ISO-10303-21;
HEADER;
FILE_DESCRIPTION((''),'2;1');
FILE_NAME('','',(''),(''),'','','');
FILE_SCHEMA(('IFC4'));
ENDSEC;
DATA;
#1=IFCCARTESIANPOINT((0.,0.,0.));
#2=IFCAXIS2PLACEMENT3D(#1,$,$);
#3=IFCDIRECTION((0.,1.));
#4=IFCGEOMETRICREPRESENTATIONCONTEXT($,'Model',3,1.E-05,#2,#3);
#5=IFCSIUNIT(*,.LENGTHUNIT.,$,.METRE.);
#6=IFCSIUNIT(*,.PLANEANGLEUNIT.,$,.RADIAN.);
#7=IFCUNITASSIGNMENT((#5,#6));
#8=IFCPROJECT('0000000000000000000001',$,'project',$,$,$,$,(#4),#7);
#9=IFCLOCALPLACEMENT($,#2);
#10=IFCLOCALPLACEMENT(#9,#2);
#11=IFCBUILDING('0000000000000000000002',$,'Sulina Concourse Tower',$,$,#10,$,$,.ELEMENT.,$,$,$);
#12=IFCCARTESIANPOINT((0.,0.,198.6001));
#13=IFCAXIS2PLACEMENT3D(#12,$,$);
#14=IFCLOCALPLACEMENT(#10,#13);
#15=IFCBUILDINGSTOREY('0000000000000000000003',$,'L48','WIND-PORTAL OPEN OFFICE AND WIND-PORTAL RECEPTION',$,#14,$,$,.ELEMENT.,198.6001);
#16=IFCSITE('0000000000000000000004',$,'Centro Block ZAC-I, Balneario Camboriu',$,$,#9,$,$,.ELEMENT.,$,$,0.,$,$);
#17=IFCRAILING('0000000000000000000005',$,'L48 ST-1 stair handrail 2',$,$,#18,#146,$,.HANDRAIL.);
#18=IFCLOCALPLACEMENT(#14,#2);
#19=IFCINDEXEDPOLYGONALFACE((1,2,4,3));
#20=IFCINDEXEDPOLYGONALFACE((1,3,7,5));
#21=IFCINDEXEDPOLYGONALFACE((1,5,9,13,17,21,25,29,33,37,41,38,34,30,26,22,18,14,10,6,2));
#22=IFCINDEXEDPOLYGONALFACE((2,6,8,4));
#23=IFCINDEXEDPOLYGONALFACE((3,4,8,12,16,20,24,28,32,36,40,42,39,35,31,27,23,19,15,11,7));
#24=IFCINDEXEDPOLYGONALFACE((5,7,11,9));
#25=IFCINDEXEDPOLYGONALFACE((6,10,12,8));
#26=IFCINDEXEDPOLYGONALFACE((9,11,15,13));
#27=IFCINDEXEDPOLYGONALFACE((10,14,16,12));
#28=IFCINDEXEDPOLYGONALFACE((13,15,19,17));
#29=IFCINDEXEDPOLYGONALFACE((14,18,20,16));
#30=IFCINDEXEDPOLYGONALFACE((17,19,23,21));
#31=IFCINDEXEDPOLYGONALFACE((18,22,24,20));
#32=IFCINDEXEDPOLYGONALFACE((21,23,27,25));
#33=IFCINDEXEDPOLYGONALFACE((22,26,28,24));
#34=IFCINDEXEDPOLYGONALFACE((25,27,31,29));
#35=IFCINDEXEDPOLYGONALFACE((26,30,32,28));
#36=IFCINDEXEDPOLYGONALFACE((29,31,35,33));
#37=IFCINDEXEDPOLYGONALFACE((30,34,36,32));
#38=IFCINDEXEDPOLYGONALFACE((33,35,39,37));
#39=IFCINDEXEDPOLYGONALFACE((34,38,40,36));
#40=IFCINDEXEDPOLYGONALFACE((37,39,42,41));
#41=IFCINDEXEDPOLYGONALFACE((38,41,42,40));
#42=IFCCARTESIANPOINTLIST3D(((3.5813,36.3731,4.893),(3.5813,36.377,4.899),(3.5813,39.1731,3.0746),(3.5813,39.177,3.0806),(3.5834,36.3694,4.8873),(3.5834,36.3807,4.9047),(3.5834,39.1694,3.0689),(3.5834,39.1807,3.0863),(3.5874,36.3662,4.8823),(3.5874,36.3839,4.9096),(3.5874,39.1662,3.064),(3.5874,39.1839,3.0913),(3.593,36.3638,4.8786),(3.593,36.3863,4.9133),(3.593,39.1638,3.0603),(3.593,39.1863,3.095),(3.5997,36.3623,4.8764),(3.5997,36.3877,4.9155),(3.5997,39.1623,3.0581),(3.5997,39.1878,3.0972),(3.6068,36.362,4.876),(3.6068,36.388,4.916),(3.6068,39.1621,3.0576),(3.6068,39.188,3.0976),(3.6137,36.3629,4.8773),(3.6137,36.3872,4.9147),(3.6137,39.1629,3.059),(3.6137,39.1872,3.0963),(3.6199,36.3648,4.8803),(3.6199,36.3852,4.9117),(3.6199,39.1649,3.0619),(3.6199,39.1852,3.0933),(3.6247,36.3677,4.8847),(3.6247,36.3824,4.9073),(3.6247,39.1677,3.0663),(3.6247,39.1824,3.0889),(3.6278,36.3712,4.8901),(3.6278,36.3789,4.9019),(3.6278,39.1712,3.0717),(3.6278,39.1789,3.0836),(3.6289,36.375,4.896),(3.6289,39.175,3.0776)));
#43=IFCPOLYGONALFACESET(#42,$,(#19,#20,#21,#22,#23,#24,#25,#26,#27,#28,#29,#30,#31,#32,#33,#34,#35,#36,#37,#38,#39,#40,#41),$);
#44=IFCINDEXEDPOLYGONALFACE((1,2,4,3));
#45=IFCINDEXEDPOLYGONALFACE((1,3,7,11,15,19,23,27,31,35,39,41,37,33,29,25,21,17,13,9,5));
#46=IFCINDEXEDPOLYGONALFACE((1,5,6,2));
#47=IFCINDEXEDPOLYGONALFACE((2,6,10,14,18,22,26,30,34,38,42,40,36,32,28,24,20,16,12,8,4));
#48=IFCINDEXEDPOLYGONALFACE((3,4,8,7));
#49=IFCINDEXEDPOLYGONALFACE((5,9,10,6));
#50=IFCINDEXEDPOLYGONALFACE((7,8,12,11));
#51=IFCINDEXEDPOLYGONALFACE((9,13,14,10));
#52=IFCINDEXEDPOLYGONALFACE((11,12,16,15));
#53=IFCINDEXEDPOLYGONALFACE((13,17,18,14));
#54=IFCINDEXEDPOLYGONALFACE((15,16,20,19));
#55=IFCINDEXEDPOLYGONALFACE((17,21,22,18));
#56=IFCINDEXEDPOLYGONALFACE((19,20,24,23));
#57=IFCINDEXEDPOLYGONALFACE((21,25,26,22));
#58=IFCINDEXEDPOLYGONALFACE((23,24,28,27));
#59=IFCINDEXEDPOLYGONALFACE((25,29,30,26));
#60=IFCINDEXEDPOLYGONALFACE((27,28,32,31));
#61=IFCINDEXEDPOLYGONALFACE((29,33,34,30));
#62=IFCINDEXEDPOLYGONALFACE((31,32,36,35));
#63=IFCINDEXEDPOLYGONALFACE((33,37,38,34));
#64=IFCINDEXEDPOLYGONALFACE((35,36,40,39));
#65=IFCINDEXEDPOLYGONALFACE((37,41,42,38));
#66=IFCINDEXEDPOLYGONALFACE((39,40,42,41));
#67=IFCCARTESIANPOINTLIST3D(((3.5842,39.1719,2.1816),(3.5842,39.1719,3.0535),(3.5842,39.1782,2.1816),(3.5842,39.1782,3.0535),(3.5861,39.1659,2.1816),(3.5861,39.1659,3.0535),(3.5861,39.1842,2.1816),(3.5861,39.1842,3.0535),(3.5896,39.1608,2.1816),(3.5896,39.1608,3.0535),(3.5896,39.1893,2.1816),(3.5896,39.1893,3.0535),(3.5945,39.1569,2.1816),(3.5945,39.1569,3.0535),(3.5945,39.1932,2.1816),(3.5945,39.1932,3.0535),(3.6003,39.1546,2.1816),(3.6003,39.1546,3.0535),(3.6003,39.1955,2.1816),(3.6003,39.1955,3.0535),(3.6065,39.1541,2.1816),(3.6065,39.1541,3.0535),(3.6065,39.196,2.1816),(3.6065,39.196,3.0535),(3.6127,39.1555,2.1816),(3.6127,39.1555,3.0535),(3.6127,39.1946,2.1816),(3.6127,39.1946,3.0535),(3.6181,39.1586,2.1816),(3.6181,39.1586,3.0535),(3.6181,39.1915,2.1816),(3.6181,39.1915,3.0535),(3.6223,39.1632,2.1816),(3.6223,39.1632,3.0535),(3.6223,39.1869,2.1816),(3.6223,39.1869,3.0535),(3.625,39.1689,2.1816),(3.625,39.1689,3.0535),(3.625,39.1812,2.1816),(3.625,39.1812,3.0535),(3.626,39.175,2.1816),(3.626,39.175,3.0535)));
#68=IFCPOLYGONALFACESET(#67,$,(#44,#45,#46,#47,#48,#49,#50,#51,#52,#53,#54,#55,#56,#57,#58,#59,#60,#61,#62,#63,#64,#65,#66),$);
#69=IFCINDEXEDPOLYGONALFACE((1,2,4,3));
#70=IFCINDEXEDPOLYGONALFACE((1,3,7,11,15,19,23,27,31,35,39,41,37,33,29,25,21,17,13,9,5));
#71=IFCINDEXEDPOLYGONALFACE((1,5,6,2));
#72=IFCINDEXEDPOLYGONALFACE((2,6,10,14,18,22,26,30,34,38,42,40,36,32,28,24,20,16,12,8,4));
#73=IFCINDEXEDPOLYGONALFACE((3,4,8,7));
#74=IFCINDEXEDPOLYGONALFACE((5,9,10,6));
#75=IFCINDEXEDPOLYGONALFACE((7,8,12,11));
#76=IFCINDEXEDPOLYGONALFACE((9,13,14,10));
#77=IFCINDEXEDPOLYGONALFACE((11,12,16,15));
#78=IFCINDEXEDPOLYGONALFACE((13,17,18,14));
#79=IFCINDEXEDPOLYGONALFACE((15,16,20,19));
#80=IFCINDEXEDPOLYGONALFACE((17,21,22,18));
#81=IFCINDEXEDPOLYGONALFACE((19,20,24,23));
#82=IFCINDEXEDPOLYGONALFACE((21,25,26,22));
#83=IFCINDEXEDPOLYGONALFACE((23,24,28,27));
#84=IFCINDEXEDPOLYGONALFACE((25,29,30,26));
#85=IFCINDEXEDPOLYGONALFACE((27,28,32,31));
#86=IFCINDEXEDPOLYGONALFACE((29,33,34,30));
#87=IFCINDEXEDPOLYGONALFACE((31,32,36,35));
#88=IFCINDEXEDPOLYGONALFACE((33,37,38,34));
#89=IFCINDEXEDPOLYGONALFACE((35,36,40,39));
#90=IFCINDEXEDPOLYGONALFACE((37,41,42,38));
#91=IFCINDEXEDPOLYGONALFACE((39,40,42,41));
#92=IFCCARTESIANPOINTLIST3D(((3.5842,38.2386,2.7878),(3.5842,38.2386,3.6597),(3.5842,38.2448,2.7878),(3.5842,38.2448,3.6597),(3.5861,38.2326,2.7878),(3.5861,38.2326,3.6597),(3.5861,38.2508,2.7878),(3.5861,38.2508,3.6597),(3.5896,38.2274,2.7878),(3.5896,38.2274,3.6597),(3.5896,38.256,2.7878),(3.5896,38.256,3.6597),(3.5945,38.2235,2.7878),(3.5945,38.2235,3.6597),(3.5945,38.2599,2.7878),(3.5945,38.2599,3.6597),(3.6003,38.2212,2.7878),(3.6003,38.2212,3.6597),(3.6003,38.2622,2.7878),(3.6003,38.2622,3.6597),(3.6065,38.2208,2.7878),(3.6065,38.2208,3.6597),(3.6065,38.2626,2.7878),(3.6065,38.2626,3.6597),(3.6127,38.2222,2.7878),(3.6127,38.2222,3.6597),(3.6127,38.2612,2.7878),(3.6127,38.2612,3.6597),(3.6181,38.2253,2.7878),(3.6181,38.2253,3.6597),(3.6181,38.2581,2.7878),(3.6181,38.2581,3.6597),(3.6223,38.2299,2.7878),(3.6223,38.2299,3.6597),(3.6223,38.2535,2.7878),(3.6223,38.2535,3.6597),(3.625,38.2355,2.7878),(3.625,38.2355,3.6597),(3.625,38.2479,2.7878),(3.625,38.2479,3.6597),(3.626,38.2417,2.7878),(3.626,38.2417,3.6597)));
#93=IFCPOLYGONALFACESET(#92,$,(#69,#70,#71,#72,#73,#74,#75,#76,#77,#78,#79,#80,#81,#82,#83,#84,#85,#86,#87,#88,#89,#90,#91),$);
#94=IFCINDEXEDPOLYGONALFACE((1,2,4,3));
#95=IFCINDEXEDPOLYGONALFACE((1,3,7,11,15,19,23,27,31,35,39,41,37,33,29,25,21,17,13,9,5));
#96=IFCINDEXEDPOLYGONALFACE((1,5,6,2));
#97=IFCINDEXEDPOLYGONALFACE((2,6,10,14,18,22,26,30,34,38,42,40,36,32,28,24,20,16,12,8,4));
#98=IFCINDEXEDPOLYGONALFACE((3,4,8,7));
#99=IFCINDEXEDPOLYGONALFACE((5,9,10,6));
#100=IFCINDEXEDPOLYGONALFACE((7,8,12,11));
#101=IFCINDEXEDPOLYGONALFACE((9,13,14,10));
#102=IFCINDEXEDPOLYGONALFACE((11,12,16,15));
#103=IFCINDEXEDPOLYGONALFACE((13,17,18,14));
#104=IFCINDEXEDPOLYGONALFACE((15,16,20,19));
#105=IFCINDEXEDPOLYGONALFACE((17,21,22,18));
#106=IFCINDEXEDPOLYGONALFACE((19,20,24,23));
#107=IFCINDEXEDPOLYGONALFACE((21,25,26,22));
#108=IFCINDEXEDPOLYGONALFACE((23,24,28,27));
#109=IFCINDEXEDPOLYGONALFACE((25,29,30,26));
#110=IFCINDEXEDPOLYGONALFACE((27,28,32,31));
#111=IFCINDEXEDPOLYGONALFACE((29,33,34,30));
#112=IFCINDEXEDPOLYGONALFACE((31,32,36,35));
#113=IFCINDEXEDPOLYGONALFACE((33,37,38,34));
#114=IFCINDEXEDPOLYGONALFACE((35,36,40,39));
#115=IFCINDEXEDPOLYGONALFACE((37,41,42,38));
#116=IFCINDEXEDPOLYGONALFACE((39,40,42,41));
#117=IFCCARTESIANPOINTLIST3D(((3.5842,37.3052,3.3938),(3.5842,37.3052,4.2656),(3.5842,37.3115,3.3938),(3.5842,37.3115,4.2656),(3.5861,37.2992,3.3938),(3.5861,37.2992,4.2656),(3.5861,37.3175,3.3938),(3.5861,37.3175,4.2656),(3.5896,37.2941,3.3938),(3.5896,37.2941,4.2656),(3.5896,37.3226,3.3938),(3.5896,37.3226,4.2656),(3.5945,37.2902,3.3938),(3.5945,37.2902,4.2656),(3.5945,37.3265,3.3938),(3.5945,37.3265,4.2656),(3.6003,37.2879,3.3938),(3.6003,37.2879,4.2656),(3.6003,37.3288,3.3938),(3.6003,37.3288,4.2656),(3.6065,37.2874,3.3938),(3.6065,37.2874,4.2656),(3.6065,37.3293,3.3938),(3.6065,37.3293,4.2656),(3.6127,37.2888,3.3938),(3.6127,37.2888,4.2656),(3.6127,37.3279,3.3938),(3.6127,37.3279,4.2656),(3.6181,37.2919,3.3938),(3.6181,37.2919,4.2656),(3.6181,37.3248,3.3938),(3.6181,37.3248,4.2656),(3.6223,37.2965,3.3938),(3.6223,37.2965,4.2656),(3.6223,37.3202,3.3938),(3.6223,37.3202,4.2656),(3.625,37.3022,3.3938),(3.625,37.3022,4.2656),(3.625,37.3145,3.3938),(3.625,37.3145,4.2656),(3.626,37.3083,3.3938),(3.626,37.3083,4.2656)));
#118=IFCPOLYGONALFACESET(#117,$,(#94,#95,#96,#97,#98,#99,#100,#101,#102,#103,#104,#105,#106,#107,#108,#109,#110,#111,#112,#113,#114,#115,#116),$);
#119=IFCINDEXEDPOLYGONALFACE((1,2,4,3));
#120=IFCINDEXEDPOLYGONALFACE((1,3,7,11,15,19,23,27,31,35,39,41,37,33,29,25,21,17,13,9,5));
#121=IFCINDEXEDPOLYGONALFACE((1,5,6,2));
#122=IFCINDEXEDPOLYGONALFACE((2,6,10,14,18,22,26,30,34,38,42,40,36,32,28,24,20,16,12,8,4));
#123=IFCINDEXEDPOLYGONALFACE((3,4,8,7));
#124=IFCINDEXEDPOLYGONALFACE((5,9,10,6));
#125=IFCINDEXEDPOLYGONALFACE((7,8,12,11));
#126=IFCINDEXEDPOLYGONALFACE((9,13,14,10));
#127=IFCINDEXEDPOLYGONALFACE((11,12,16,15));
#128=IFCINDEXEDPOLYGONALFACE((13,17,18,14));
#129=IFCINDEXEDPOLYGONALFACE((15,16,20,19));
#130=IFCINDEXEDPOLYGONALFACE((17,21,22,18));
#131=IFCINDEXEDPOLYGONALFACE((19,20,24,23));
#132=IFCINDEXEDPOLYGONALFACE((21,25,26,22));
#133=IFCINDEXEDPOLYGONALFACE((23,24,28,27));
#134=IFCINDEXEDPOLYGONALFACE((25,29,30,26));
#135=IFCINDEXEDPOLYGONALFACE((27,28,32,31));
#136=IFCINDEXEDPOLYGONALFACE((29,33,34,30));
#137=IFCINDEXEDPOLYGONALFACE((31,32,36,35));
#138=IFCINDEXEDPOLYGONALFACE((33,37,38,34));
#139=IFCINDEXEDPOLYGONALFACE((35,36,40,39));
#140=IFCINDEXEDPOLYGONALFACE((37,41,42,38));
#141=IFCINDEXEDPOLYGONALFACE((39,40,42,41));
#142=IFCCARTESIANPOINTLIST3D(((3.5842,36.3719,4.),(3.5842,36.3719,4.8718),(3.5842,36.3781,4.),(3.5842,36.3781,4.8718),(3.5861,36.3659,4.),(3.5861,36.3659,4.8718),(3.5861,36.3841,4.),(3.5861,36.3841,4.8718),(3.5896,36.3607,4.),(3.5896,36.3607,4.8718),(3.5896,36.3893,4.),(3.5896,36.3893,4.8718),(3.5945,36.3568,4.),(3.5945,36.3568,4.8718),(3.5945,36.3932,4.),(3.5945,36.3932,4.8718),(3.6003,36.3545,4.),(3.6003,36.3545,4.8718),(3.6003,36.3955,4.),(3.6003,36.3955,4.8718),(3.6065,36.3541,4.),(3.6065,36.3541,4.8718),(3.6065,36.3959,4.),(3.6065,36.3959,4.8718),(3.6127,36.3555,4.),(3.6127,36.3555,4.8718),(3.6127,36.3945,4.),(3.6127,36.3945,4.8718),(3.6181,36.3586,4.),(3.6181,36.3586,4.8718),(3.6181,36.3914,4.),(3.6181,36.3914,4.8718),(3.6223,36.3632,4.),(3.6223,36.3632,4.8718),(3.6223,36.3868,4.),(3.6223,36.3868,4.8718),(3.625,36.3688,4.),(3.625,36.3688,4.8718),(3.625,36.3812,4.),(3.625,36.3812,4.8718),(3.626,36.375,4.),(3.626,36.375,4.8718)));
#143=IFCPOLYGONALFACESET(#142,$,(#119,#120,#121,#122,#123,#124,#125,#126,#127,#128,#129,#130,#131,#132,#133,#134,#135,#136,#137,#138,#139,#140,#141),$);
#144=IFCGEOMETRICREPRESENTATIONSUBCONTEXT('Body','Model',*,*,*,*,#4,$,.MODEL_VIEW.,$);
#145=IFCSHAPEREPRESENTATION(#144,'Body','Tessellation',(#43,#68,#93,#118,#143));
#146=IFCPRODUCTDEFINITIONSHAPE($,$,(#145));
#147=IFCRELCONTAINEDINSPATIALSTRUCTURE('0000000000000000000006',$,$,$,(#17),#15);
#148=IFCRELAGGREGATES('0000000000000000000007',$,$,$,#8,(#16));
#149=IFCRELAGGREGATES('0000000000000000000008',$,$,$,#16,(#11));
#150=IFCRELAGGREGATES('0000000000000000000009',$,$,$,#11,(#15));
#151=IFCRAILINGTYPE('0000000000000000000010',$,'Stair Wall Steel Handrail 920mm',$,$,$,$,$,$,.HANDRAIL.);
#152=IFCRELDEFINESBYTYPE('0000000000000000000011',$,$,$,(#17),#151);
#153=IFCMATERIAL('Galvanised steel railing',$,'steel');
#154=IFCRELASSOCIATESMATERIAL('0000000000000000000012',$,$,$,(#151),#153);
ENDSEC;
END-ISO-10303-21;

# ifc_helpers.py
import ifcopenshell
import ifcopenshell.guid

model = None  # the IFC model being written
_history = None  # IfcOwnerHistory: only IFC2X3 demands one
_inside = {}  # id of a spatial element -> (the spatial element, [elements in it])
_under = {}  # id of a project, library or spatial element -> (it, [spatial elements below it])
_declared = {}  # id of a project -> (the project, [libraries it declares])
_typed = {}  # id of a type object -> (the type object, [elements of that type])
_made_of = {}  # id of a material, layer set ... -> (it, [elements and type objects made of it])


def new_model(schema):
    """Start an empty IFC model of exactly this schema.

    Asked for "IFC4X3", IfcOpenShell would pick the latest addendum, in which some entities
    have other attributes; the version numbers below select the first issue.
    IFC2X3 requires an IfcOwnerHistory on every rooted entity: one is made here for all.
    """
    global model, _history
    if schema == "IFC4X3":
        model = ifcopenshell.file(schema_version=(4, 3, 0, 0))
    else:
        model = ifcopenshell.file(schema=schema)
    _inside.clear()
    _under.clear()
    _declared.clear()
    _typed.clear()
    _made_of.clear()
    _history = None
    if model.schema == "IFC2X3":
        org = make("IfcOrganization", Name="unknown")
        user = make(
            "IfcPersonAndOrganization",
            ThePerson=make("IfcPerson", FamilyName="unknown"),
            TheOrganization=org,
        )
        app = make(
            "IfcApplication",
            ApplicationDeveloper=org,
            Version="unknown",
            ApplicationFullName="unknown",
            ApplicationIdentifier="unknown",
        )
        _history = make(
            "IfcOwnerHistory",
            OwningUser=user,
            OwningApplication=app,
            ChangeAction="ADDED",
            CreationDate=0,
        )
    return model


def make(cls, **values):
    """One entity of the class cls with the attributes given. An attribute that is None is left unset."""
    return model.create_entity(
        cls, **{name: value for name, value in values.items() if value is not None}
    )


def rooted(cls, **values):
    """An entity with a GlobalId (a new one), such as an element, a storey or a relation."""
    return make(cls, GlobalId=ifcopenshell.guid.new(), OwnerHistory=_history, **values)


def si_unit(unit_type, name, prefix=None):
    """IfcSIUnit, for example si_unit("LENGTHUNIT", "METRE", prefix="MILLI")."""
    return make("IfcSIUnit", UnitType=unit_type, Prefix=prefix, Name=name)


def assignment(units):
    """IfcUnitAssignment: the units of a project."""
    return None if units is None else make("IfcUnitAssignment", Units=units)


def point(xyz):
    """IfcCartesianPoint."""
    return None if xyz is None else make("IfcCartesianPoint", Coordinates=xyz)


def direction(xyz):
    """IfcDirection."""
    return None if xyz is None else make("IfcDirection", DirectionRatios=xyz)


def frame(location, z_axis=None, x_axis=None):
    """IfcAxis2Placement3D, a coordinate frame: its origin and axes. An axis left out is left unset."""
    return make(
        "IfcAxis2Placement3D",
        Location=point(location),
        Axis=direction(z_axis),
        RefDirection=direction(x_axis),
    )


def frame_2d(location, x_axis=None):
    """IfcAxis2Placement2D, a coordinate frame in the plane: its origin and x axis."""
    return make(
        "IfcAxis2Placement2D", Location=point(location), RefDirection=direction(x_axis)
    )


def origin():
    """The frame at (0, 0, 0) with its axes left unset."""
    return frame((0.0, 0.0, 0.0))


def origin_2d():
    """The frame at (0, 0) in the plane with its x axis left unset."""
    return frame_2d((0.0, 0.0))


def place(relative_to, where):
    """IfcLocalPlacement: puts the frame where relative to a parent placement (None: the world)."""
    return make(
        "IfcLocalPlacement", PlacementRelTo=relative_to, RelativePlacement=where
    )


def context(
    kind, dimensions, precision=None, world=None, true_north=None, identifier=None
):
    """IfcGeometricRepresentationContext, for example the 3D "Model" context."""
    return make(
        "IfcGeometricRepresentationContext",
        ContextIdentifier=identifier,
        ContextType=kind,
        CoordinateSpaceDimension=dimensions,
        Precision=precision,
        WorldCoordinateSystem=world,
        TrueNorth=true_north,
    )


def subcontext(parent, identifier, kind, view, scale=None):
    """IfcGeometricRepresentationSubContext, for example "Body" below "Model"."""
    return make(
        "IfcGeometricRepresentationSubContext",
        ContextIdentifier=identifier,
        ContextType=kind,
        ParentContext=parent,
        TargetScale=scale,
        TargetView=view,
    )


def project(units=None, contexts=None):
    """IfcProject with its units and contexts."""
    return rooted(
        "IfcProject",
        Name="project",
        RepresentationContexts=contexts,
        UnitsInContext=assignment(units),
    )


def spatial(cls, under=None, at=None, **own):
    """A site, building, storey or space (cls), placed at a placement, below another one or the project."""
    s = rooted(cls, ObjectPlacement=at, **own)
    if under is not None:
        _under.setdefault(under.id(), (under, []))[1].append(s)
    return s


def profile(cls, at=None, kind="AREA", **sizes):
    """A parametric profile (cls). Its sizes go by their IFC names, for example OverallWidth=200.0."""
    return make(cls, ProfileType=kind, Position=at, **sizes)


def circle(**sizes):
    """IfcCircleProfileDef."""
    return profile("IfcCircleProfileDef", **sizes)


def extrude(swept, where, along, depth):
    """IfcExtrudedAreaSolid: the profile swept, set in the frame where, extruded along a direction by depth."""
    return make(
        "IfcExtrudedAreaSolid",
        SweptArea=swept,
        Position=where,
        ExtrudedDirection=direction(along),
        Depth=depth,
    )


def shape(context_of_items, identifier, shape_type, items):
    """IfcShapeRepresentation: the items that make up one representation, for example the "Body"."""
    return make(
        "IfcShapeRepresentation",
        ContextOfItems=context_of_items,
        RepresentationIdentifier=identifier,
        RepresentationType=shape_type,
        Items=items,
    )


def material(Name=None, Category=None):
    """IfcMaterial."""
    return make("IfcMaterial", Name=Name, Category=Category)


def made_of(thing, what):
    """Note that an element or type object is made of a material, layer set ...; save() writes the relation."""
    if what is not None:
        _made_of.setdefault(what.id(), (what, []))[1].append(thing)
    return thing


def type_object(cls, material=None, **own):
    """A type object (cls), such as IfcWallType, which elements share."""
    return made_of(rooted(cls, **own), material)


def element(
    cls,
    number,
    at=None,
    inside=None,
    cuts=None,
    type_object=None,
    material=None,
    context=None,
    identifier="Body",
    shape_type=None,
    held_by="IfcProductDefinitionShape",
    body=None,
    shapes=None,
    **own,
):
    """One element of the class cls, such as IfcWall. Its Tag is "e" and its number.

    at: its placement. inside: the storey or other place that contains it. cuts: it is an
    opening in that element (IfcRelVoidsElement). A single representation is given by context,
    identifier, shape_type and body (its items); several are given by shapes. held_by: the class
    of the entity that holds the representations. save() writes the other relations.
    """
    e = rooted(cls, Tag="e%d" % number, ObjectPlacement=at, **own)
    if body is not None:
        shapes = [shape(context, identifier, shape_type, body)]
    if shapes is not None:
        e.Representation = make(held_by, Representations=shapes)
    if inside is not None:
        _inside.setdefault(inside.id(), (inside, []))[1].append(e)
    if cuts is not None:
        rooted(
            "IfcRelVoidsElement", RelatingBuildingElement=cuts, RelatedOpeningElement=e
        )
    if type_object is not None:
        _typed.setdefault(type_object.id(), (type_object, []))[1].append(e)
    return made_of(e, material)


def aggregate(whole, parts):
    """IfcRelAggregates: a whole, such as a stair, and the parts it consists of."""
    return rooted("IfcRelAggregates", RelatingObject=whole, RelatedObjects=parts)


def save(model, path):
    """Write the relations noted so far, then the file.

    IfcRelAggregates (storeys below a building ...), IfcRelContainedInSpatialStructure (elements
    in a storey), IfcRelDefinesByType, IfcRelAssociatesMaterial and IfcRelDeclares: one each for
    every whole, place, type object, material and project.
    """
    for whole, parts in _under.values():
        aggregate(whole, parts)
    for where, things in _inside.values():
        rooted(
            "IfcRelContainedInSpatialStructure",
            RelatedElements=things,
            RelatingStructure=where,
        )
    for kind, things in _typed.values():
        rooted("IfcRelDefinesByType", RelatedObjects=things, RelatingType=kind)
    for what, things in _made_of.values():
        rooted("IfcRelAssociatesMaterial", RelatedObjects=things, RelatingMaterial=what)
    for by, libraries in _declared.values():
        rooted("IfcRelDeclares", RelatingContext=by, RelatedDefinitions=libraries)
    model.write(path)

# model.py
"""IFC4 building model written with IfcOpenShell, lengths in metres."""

from ifc_helpers import new_model, si_unit, direction, frame, origin, origin_2d, place, context, subcontext, project, spatial, circle, extrude, material, type_object, element, save


model = new_model("IFC4")

# Units and contexts
model_context = context("Model", 3, precision=1e-05, world=origin(), true_north=direction((0.0, 1.0)))
body_context = subcontext(model_context, "Body", "Model", "MODEL_VIEW")
ifc_project = project(units=[si_unit("LENGTHUNIT", "METRE"), si_unit("PLANEANGLEUNIT", "RADIAN")], contexts=[model_context])

# Site, building, storey
site_placement = place(None, origin())
site = spatial("IfcSite", under=ifc_project, at=site_placement, Name="Centro Block ZAC-I, Balneario Camboriu", CompositionType="ELEMENT", RefElevation=0.0)
building_placement = place(site_placement, origin())
building = spatial("IfcBuilding", under=site, at=building_placement, Name="Sulina Concourse Tower", CompositionType="ELEMENT")
storey_placement = place(building_placement, frame((0.0, 0.0, 198.6001)))
storey = spatial("IfcBuildingStorey", under=building, at=storey_placement, Name="L48", Description="WIND-PORTAL OPEN OFFICE AND WIND-PORTAL RECEPTION", CompositionType="ELEMENT", Elevation=198.6001)

# Railing
ifc_material_1 = material(Name="Galvanised steel railing", Category="steel")
railing_type_1 = type_object("IfcRailingType", Name="Stair Wall Steel Handrail 920mm", PredefinedType="HANDRAIL", material=ifc_material_1)
railing_1_placement = place(storey_placement, frame((3.605, 39.175, 2.1816)))
element("IfcRailing", 1, at=railing_1_placement, inside=storey, type_object=railing_type_1, Name="L48 ST-1 stair handrail 2", PredefinedType="HANDRAIL", context=body_context, shape_type="SweptSolid", body=[
    extrude(circle(Radius=0.0239, at=origin_2d()), frame((0.0, 0.0, 0.896), z_axis=(0.0, -0.838672, 0.544636), x_axis=(1.0, 0.0, 0.0)), (0.0, 0.0, 1.0), 3.3386),
    extrude(circle(Radius=0.021, at=origin_2d()), origin(), (0.0, 0.0, 1.0), 0.8718),
    extrude(circle(Radius=0.021, at=origin_2d()), frame((0.0, -0.9333, 0.6062)), (0.0, 0.0, 1.0), 0.8718),
    extrude(circle(Radius=0.021, at=origin_2d()), frame((0.0, -1.8667, 1.2122)), (0.0, 0.0, 1.0), 0.8718),
    extrude(circle(Radius=0.021, at=origin_2d()), frame((0.0, -2.8, 1.8184)), (0.0, 0.0, 1.0), 0.8718),
])

save(model, "model.ifc")
